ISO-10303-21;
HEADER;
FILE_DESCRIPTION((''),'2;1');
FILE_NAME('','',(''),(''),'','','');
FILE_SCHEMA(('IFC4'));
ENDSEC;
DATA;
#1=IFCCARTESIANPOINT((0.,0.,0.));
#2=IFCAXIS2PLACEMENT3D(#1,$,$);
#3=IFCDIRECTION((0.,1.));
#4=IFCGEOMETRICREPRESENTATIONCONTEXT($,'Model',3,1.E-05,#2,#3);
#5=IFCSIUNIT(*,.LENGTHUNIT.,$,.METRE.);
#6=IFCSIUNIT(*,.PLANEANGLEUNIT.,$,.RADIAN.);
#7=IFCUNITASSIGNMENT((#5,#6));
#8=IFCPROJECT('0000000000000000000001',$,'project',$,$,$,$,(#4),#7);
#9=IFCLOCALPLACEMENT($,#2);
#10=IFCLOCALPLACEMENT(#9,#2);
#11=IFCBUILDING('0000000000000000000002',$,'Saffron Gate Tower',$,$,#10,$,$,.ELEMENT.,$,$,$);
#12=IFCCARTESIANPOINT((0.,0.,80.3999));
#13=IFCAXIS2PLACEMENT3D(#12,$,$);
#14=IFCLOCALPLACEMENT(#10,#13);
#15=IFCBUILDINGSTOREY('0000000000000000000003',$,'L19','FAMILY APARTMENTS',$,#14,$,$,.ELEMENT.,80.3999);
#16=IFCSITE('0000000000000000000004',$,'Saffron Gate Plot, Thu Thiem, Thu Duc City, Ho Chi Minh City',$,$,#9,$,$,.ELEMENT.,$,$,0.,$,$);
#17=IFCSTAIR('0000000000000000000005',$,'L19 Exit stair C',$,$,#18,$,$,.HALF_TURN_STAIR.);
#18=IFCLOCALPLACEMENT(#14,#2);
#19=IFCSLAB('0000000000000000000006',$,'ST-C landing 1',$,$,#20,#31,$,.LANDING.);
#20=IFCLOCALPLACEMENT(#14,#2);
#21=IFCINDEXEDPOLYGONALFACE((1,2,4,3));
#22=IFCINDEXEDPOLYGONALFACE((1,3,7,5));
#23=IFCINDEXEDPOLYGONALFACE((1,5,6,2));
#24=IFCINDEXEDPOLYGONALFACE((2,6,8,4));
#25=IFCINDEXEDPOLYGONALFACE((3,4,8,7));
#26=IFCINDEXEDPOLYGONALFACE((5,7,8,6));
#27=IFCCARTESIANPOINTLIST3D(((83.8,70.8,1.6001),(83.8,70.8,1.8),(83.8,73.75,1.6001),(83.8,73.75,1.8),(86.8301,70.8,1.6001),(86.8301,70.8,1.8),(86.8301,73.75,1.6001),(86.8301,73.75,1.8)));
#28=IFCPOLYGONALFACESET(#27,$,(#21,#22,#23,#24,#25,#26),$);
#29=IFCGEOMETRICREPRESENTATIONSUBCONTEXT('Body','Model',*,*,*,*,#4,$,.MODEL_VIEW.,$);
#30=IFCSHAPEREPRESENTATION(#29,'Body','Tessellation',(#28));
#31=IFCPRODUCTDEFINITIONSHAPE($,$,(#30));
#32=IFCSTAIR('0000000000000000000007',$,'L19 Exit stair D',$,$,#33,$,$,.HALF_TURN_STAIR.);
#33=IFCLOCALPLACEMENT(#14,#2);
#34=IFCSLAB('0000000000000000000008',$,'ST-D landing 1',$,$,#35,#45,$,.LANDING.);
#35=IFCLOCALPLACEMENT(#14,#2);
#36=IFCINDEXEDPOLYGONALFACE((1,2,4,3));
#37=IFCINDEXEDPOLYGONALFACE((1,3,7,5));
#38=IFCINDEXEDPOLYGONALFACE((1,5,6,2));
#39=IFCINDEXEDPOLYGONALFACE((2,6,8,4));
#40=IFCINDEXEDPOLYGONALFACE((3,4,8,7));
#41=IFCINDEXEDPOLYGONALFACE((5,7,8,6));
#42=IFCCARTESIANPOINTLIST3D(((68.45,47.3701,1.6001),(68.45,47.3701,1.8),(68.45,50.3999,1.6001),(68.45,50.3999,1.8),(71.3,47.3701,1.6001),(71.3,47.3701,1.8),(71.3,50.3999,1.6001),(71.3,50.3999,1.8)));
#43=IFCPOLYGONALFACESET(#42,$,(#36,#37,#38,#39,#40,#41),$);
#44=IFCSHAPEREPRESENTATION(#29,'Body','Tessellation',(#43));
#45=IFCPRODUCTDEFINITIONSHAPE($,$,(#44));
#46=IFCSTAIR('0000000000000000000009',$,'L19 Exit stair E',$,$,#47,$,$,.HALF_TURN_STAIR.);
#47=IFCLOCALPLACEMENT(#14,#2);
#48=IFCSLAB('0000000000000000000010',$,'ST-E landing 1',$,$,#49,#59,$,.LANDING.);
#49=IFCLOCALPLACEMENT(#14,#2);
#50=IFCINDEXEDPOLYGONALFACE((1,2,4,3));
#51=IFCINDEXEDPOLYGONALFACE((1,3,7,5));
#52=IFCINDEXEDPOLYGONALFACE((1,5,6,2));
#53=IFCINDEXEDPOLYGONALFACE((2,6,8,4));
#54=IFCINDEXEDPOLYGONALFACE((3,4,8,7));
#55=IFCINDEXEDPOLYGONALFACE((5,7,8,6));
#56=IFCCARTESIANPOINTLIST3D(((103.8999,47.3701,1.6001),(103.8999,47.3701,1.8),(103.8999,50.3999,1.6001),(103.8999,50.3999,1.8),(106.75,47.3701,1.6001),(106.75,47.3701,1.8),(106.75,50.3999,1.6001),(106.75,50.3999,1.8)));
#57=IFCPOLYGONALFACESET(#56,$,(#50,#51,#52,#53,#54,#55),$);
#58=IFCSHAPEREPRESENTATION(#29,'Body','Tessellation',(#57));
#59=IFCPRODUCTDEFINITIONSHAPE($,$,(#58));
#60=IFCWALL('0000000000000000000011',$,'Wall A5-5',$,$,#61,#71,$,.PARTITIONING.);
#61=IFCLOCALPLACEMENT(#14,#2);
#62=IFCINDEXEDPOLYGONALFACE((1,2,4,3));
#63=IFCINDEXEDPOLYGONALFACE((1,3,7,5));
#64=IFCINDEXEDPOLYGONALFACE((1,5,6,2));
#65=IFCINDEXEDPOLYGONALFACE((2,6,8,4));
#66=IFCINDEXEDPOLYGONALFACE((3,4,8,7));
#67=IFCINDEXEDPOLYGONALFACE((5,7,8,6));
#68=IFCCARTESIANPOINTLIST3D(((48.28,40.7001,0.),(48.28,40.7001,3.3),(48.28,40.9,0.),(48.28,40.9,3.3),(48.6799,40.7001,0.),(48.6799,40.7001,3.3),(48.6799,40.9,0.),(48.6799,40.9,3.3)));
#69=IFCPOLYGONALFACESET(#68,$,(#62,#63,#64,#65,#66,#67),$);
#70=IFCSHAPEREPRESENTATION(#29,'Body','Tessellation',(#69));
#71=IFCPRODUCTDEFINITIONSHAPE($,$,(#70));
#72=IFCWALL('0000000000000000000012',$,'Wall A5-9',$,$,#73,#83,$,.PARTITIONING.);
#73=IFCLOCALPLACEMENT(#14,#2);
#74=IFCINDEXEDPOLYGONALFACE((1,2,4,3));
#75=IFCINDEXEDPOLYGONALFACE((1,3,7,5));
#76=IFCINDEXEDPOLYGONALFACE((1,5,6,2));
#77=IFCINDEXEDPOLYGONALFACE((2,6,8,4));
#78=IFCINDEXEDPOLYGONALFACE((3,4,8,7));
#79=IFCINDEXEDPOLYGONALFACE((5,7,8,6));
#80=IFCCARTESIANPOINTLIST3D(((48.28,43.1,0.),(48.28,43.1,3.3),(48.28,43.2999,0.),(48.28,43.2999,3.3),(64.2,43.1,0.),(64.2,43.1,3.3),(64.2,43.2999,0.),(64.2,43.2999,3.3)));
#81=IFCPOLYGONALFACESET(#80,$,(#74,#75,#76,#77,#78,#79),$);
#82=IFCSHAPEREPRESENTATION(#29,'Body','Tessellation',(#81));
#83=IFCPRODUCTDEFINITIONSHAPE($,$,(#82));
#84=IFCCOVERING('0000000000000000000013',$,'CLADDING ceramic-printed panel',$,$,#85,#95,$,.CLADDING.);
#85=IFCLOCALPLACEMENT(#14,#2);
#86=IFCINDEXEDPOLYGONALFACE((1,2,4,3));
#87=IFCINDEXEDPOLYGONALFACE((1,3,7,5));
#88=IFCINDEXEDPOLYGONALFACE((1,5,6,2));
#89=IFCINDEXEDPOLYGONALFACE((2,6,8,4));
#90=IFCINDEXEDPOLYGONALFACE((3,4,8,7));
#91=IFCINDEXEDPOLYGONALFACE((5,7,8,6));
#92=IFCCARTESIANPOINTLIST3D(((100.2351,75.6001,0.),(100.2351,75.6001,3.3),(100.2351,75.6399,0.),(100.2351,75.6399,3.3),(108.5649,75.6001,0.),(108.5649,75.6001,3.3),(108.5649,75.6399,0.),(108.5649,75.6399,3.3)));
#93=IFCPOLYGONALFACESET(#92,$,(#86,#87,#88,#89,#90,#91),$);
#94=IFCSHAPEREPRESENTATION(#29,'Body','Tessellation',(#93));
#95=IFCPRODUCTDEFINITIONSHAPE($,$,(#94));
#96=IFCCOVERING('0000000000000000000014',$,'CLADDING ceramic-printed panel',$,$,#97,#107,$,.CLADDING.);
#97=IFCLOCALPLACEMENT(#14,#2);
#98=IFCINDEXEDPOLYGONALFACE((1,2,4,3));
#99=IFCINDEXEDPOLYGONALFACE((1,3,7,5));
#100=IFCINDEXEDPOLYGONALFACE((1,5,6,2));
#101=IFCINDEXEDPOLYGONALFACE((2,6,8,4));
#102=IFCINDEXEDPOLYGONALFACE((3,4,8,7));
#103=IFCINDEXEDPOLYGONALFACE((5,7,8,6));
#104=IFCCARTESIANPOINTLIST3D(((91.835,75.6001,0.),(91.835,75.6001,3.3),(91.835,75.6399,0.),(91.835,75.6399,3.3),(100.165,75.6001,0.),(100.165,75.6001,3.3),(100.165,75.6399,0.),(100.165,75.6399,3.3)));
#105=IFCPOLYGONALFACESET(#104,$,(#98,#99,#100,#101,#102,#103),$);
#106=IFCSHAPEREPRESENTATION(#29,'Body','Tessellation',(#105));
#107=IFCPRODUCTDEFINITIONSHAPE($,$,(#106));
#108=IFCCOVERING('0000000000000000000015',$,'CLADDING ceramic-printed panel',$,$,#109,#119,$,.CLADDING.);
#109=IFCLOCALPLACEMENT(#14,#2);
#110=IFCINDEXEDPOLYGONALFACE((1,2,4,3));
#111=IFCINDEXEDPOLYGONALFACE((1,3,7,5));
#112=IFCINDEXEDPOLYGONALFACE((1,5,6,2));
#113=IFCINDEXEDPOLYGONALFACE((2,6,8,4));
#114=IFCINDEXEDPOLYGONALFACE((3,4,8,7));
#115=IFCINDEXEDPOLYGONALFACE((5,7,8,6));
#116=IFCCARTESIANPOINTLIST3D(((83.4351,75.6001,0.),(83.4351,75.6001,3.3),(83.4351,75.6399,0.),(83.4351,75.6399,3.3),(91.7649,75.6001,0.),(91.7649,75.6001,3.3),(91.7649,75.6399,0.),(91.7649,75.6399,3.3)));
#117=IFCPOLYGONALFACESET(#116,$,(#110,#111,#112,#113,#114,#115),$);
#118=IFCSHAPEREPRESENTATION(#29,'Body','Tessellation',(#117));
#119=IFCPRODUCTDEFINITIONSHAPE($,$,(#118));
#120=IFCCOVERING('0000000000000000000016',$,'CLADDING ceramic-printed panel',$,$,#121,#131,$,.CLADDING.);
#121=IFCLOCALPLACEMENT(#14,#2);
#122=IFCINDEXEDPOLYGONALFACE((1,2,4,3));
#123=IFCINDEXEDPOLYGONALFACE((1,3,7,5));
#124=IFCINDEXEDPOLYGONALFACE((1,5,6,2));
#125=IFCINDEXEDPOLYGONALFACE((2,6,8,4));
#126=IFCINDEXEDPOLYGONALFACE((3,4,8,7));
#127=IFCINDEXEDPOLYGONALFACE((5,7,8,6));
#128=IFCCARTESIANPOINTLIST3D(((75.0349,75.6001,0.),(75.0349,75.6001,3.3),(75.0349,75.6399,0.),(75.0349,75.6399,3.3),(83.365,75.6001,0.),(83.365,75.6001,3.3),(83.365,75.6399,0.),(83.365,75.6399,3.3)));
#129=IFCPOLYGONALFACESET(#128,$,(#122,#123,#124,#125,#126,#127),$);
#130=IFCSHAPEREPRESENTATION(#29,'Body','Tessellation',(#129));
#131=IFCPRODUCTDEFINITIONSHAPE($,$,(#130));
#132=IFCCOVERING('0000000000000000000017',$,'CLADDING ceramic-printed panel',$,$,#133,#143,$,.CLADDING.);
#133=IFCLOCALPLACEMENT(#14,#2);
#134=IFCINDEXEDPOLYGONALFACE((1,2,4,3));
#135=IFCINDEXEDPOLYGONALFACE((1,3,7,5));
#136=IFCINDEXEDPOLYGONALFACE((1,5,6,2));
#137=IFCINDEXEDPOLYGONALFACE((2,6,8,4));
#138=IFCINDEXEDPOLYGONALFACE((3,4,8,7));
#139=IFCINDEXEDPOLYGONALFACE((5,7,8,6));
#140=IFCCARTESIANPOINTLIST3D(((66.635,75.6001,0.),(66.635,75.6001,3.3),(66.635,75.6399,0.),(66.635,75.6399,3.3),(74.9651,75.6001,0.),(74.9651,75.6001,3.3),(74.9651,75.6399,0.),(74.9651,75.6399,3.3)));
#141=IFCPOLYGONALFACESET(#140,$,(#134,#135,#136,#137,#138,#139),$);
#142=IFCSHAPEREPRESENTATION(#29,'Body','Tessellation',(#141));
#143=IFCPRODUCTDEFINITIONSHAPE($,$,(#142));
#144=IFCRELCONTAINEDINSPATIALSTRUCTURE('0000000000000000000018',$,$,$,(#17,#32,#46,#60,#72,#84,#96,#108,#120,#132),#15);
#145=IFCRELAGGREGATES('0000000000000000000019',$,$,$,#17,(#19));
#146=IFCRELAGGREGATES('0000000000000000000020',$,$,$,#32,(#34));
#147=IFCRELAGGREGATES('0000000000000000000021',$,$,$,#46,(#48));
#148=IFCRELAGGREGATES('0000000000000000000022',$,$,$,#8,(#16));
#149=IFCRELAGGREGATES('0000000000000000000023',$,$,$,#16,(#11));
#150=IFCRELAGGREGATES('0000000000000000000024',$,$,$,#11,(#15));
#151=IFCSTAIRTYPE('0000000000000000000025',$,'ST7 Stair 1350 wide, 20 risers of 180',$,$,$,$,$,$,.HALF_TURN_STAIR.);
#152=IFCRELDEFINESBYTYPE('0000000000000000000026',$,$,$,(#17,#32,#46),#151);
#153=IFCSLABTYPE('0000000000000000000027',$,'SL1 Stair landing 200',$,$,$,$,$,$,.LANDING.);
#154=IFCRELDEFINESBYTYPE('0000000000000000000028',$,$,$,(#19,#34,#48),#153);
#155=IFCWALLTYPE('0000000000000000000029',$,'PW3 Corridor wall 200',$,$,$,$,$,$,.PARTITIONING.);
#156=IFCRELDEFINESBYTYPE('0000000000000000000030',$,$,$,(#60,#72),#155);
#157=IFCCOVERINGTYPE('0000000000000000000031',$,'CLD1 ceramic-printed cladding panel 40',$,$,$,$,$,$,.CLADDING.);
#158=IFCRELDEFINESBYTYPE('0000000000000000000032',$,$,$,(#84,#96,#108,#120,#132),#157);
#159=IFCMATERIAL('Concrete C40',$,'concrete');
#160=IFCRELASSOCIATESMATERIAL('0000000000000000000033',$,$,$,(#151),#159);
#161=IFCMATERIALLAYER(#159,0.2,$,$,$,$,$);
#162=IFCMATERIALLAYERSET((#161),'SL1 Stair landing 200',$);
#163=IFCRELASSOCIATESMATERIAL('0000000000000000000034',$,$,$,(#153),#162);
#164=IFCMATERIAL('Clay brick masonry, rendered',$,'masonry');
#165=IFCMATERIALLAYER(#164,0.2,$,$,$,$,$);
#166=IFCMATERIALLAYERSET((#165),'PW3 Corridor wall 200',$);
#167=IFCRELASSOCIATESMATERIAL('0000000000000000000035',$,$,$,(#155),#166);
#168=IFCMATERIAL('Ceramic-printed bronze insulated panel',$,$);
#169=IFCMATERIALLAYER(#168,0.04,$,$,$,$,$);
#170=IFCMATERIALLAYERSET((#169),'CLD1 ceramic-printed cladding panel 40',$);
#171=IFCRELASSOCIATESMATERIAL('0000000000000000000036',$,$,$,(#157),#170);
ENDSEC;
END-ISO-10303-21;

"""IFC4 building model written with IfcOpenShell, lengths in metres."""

from ifc_helpers import new_model, si_unit, direction, frame, frame_2d, origin, place, context, subcontext, project, spatial, polyline, rectangle, outline, extrude, material, layer, layer_set, type_object, element, aggregate, save


model = new_model("IFC4")

# Units and contexts
model_context = context("Model", 3, precision=1e-05, world=origin(), true_north=direction((0.0, 1.0)))
body_context = subcontext(model_context, "Body", "Model", "MODEL_VIEW")
ifc_project = project(units=[si_unit("LENGTHUNIT", "METRE"), si_unit("PLANEANGLEUNIT", "RADIAN")], contexts=[model_context])

# Site, building, storey
site_placement = place(None, origin())
site = spatial("IfcSite", under=ifc_project, at=site_placement, Name="Saffron Gate Plot, Thu Thiem, Thu Duc City, Ho Chi Minh City", CompositionType="ELEMENT", RefElevation=0.0)
building_placement = place(site_placement, origin())
building = spatial("IfcBuilding", under=site, at=building_placement, Name="Saffron Gate Tower", CompositionType="ELEMENT")
storey_placement = place(building_placement, frame((0.0, 0.0, 80.3999)))
storey = spatial("IfcBuildingStorey", under=building, at=storey_placement, Name="L19", Description="FAMILY APARTMENTS", CompositionType="ELEMENT", Elevation=80.3999)

# Shared definitions
ifc_material_1 = material(Name="Concrete C40", Category="concrete")

# Stairs, slabs
stair_type = type_object("IfcStairType", Name="ST7 Stair 1350 wide, 20 risers of 180", PredefinedType="HALF_TURN_STAIR", material=ifc_material_1)
ifc_layer_1 = layer(ifc_material_1, 0.2)
ifc_layer_set_1 = layer_set([ifc_layer_1], Name="SL1 Stair landing 200")
slab_type_1 = type_object("IfcSlabType", Name="SL1 Stair landing 200", PredefinedType="LANDING", material=ifc_layer_set_1)
stair_1_placement = place(storey_placement, origin())
stair_1 = element("IfcStair", 1, at=stair_1_placement, inside=storey, type_object=stair_type, Name="L19 Exit stair C", PredefinedType="HALF_TURN_STAIR")
slab_1_placement = place(storey_placement, frame((0.0, 0.0, 1.6001)))
slab_1 = element("IfcSlab", 2, at=slab_1_placement, type_object=slab_type_1, Name="ST-C landing 1", PredefinedType="LANDING", context=body_context, shape_type="SweptSolid", body=[
    extrude(outline(polyline([(86.8301, 73.75), (83.8, 73.75), (83.8, 70.8), (86.8301, 70.8), (86.8301, 73.75)])), origin(), (0.0, 0.0, 1.0), 0.2),
])
aggregate(stair_1, [slab_1])
stair_2_placement = place(storey_placement, origin())
stair_2 = element("IfcStair", 3, at=stair_2_placement, inside=storey, type_object=stair_type, Name="L19 Exit stair D", PredefinedType="HALF_TURN_STAIR")
slab_2_placement = place(storey_placement, frame((0.0, 0.0, 1.6001)))
slab_2 = element("IfcSlab", 4, at=slab_2_placement, type_object=slab_type_1, Name="ST-D landing 1", PredefinedType="LANDING", context=body_context, shape_type="SweptSolid", body=[
    extrude(outline(polyline([(71.3, 47.3701), (71.3, 50.3999), (68.45, 50.3999), (68.45, 47.3701), (71.3, 47.3701)])), origin(), (0.0, 0.0, 1.0), 0.2),
])
aggregate(stair_2, [slab_2])
stair_3_placement = place(storey_placement, origin())
stair_3 = element("IfcStair", 5, at=stair_3_placement, inside=storey, type_object=stair_type, Name="L19 Exit stair E", PredefinedType="HALF_TURN_STAIR")
slab_3_placement = place(storey_placement, frame((0.0, 0.0, 1.6001)))
slab_3 = element("IfcSlab", 6, at=slab_3_placement, type_object=slab_type_1, Name="ST-E landing 1", PredefinedType="LANDING", context=body_context, shape_type="SweptSolid", body=[
    extrude(outline(polyline([(106.75, 47.3701), (106.75, 50.3999), (103.8999, 50.3999), (103.8999, 47.3701), (106.75, 47.3701)])), origin(), (0.0, 0.0, 1.0), 0.2),
])
aggregate(stair_3, [slab_3])

# Walls
ifc_material_2 = material(Name="Clay brick masonry, rendered", Category="masonry")
ifc_layer_2 = layer(ifc_material_2, 0.2)
ifc_layer_set_2 = layer_set([ifc_layer_2], Name="PW3 Corridor wall 200")
wall_type = type_object("IfcWallType", Name="PW3 Corridor wall 200", PredefinedType="PARTITIONING", material=ifc_layer_set_2)
wall_1_placement = place(storey_placement, frame((48.28, 40.8, 0.0), z_axis=(0.0, 0.0, 1.0), x_axis=(1.0, 0.0, 0.0)))
element("IfcWall", 7, at=wall_1_placement, inside=storey, type_object=wall_type, Name="Wall A5-5", PredefinedType="PARTITIONING", context=body_context, shape_type="SweptSolid", body=[
    extrude(rectangle(XDim=0.3999, YDim=0.2, at=frame_2d((0.2, 0.0))), origin(), (0.0, 0.0, 1.0), 3.3),
])
wall_2_placement = place(storey_placement, frame((48.28, 43.2, 0.0), z_axis=(0.0, 0.0, 1.0), x_axis=(1.0, 0.0, 0.0)))
element("IfcWall", 8, at=wall_2_placement, inside=storey, type_object=wall_type, Name="Wall A5-9", PredefinedType="PARTITIONING", context=body_context, shape_type="SweptSolid", body=[
    extrude(rectangle(XDim=15.9199, YDim=0.2, at=frame_2d((7.96, 0.0))), origin(), (0.0, 0.0, 1.0), 3.3),
])

# Coverings
ifc_material_3 = material(Name="Ceramic-printed bronze insulated panel")
ifc_layer_3 = layer(ifc_material_3, 0.04)
ifc_layer_set_3 = layer_set([ifc_layer_3], Name="CLD1 ceramic-printed cladding panel 40")
covering_type = type_object("IfcCoveringType", Name="CLD1 ceramic-printed cladding panel 40", PredefinedType="CLADDING", material=ifc_layer_set_3)
covering_1_placement = place(storey_placement, origin())
element("IfcCovering", 9, at=covering_1_placement, inside=storey, type_object=covering_type, Name="CLADDING ceramic-printed panel", PredefinedType="CLADDING", context=body_context, shape_type="SweptSolid", body=[
    extrude(outline(polyline([(108.5649, 75.6399), (100.2351, 75.6399), (100.2351, 75.6001), (108.5649, 75.6001), (108.5649, 75.6399)])), origin(), (0.0, 0.0, 1.0), 3.3),
])
covering_2_placement = place(storey_placement, origin())
element("IfcCovering", 10, at=covering_2_placement, inside=storey, type_object=covering_type, Name="CLADDING ceramic-printed panel", PredefinedType="CLADDING", context=body_context, shape_type="SweptSolid", body=[
    extrude(outline(polyline([(100.165, 75.6399), (91.835, 75.6399), (91.835, 75.6001), (100.165, 75.6001), (100.165, 75.6399)])), origin(), (0.0, 0.0, 1.0), 3.3),
])
covering_3_placement = place(storey_placement, origin())
element("IfcCovering", 11, at=covering_3_placement, inside=storey, type_object=covering_type, Name="CLADDING ceramic-printed panel", PredefinedType="CLADDING", context=body_context, shape_type="SweptSolid", body=[
    extrude(outline(polyline([(91.7649, 75.6399), (83.4351, 75.6399), (83.4351, 75.6001), (91.7649, 75.6001), (91.7649, 75.6399)])), origin(), (0.0, 0.0, 1.0), 3.3),
])
covering_4_placement = place(storey_placement, origin())
element("IfcCovering", 12, at=covering_4_placement, inside=storey, type_object=covering_type, Name="CLADDING ceramic-printed panel", PredefinedType="CLADDING", context=body_context, shape_type="SweptSolid", body=[
    extrude(outline(polyline([(83.365, 75.6399), (75.0349, 75.6399), (75.0349, 75.6001), (83.365, 75.6001), (83.365, 75.6399)])), origin(), (0.0, 0.0, 1.0), 3.3),
])
covering_5_placement = place(storey_placement, origin())
element("IfcCovering", 13, at=covering_5_placement, inside=storey, type_object=covering_type, Name="CLADDING ceramic-printed panel", PredefinedType="CLADDING", context=body_context, shape_type="SweptSolid", body=[
    extrude(outline(polyline([(74.9651, 75.6399), (66.635, 75.6399), (66.635, 75.6001), (74.9651, 75.6001), (74.9651, 75.6399)])), origin(), (0.0, 0.0, 1.0), 3.3),
])

save(model, "model.ifc")
